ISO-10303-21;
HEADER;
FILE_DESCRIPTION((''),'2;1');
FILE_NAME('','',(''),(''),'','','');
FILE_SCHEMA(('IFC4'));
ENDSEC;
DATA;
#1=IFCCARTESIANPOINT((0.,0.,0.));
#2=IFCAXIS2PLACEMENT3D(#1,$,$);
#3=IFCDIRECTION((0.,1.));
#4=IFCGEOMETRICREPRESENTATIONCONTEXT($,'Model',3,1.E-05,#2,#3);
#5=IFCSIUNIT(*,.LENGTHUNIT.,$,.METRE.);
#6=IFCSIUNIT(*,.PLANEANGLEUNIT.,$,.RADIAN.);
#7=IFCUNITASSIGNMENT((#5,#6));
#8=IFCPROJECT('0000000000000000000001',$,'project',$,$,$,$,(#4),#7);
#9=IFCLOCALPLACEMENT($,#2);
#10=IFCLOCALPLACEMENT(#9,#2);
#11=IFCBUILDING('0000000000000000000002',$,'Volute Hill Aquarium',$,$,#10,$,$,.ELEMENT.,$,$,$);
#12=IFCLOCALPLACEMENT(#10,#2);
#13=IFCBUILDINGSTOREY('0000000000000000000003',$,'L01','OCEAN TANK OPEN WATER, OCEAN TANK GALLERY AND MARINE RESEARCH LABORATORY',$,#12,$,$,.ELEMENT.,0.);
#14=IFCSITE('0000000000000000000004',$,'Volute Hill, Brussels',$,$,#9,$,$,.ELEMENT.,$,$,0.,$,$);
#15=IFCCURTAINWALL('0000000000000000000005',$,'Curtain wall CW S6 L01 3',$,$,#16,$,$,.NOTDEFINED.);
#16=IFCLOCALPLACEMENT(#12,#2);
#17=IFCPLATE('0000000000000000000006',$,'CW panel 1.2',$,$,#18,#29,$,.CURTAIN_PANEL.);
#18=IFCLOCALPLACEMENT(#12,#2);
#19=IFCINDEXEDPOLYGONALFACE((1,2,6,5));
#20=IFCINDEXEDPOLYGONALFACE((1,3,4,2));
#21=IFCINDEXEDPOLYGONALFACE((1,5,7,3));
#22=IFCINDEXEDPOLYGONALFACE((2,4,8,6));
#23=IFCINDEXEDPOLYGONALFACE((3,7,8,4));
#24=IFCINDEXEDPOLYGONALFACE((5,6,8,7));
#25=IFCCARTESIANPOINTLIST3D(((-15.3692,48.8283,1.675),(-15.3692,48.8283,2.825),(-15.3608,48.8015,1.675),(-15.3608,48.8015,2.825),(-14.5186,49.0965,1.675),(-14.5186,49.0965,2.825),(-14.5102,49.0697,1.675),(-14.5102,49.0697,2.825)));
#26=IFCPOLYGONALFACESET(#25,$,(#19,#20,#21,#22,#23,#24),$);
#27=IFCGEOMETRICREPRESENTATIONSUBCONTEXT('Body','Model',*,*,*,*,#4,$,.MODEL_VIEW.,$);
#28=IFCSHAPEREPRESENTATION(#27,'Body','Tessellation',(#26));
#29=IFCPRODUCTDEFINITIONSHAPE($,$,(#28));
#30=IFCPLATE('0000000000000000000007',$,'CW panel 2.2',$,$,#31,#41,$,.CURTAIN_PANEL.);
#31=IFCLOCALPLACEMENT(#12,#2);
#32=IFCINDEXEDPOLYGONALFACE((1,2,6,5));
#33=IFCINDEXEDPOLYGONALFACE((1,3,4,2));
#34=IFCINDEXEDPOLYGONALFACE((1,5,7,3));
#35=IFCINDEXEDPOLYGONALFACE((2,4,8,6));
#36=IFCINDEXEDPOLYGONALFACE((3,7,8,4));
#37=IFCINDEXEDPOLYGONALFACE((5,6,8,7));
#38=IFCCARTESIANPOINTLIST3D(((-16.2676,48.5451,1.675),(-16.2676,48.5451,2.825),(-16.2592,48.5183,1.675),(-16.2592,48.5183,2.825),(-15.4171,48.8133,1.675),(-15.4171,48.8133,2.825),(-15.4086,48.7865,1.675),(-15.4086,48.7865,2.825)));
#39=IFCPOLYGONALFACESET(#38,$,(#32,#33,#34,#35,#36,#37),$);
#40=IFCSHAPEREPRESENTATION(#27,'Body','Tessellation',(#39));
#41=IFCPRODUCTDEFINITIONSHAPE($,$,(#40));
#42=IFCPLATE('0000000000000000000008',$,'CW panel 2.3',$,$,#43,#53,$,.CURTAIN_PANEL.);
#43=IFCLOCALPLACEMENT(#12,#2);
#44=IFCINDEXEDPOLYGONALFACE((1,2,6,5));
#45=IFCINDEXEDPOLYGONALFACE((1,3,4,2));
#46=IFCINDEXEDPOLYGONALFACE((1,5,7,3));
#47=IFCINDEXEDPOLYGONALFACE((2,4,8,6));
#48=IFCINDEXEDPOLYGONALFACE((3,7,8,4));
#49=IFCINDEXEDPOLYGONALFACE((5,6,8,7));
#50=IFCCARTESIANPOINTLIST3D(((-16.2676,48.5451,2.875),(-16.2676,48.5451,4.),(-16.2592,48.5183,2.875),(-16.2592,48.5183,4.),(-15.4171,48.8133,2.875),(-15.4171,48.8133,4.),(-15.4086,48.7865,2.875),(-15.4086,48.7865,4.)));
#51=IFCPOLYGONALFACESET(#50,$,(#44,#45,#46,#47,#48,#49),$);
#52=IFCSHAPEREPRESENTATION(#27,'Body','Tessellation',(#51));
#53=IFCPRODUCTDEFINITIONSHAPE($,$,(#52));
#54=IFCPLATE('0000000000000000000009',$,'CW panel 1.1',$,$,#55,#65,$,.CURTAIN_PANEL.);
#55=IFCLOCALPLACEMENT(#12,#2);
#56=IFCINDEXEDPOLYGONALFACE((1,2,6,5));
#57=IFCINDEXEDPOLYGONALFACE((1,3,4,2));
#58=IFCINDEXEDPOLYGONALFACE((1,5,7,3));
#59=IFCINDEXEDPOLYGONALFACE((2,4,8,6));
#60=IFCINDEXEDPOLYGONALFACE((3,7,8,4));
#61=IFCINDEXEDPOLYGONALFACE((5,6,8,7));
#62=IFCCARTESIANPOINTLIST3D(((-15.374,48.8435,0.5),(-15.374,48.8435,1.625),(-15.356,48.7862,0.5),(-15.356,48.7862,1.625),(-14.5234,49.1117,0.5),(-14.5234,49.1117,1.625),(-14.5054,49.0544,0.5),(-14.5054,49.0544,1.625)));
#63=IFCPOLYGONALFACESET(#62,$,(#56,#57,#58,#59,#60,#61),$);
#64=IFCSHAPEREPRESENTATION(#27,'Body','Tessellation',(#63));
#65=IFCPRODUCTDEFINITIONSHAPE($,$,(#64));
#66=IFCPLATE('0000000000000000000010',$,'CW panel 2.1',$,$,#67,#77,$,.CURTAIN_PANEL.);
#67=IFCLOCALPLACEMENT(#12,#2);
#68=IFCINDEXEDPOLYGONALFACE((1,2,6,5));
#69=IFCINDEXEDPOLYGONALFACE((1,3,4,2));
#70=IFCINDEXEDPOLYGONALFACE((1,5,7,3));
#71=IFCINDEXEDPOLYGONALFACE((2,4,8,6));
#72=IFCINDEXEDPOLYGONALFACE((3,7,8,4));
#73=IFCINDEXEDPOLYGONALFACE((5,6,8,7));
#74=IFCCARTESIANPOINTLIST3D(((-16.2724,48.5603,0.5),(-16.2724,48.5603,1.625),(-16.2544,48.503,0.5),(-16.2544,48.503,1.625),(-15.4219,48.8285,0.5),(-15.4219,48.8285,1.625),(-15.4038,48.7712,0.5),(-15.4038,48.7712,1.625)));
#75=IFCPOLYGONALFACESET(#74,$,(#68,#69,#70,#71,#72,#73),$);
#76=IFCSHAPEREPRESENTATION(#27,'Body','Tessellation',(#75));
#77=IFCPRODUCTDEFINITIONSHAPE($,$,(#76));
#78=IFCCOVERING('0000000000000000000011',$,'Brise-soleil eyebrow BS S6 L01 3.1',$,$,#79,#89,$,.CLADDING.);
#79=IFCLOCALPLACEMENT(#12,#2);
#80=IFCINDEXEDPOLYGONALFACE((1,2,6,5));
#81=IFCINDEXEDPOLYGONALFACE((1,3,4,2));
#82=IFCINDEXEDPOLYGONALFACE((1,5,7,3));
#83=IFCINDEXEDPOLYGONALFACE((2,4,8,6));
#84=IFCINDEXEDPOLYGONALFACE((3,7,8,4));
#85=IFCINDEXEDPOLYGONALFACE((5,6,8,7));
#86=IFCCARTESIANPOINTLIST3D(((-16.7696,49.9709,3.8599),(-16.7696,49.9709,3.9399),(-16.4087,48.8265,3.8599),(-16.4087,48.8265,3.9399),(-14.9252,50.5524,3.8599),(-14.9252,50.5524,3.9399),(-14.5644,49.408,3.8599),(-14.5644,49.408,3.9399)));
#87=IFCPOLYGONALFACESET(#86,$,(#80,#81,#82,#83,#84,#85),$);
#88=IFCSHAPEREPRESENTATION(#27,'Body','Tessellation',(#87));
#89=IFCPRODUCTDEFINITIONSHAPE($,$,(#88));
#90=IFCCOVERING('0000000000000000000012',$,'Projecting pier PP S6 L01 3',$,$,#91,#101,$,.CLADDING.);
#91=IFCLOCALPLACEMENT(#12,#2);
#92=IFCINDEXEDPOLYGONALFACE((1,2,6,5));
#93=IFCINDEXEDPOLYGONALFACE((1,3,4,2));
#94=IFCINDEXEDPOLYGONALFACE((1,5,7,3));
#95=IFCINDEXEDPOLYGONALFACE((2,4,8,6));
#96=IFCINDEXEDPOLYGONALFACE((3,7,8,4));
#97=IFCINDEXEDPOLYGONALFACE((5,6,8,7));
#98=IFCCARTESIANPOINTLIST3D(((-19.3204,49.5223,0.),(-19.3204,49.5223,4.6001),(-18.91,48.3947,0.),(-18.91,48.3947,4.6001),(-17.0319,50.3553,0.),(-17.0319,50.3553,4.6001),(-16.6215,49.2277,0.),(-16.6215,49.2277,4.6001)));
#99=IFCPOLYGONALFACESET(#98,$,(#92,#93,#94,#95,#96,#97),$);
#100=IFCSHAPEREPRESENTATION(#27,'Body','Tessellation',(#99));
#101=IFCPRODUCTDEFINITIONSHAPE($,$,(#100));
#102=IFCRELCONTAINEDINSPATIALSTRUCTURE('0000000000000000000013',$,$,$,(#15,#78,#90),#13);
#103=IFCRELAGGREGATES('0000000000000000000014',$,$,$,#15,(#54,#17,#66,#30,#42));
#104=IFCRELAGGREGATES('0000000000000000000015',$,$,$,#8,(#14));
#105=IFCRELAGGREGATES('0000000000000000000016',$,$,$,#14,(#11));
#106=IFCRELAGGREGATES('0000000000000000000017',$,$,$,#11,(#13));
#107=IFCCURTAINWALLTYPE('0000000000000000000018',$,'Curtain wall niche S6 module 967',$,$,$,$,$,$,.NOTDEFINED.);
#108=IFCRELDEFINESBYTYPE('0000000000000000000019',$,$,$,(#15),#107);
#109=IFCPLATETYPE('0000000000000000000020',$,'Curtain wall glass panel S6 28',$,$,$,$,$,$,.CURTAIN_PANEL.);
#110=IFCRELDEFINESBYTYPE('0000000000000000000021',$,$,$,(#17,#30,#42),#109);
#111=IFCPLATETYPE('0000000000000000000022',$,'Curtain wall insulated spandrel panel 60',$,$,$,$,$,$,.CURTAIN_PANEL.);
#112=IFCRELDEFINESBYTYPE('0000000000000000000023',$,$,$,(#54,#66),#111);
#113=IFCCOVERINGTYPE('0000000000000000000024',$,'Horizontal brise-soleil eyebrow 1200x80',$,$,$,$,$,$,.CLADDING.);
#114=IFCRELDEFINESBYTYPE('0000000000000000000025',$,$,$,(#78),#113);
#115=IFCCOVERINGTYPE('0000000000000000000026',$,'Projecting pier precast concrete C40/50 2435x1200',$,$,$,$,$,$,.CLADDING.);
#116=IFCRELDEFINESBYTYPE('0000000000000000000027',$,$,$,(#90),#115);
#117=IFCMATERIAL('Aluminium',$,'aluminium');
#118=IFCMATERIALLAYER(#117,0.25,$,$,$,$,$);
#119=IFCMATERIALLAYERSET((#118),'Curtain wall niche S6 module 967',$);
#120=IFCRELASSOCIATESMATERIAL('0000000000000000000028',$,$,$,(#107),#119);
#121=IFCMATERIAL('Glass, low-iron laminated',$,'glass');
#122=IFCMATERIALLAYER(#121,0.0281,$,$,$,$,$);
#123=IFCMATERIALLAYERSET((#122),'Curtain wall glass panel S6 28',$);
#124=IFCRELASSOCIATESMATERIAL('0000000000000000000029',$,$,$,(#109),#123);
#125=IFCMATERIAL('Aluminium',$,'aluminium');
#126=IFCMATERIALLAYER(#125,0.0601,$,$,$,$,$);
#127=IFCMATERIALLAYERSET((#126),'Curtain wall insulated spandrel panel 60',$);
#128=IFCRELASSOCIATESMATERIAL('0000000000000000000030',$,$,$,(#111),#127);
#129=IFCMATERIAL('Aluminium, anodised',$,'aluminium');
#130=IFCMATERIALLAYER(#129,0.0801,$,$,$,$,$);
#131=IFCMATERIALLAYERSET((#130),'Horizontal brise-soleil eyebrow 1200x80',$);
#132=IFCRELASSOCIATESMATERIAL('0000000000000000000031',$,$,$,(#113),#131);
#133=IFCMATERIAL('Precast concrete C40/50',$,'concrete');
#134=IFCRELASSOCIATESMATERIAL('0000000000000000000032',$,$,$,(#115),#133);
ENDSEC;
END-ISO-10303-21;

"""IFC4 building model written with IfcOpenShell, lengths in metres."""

from ifc_helpers import new_model, si_unit, direction, frame, origin, origin_2d, place, context, subcontext, project, spatial, rectangle, extrude, material, layer, layer_set, type_object, element, aggregate, save


model = new_model("IFC4")

# Units and contexts
model_context = context("Model", 3, precision=1e-05, world=origin(), true_north=direction((0.0, 1.0)))
body_context = subcontext(model_context, "Body", "Model", "MODEL_VIEW")
ifc_project = project(units=[si_unit("LENGTHUNIT", "METRE"), si_unit("PLANEANGLEUNIT", "RADIAN")], contexts=[model_context])

# Site, building, storey
site_placement = place(None, origin())
site = spatial("IfcSite", under=ifc_project, at=site_placement, Name="Volute Hill, Brussels", CompositionType="ELEMENT", RefElevation=0.0)
building_placement = place(site_placement, origin())
building = spatial("IfcBuilding", under=site, at=building_placement, Name="Volute Hill Aquarium", CompositionType="ELEMENT")
storey_placement = place(building_placement, origin())
storey = spatial("IfcBuildingStorey", under=building, at=storey_placement, Name="L01", Description="OCEAN TANK OPEN WATER, OCEAN TANK GALLERY AND MARINE RESEARCH LABORATORY", CompositionType="ELEMENT", Elevation=0.0)

# Curtain wall
ifc_material_1 = material(Name="Aluminium", Category="aluminium")
ifc_layer_1 = layer(ifc_material_1, 0.25)
ifc_layer_set_1 = layer_set([ifc_layer_1], Name="Curtain wall niche S6 module 967")
curtain_wall_type = type_object("IfcCurtainWallType", Name="Curtain wall niche S6 module 967", PredefinedType="NOTDEFINED", material=ifc_layer_set_1)
curtain_wall_1_placement = place(storey_placement, origin())
curtain_wall_1 = element("IfcCurtainWall", 1, at=curtain_wall_1_placement, inside=storey, type_object=curtain_wall_type, Name="Curtain wall CW S6 L01 3", PredefinedType="NOTDEFINED")

# Plates
ifc_material_2 = material(Name="Glass, low-iron laminated", Category="glass")
ifc_layer_2 = layer(ifc_material_2, 0.0281)
ifc_layer_set_2 = layer_set([ifc_layer_2], Name="Curtain wall glass panel S6 28")
plate_type_1 = type_object("IfcPlateType", Name="Curtain wall glass panel S6 28", PredefinedType="CURTAIN_PANEL", material=ifc_layer_set_2)
plate_1_placement = place(storey_placement, frame((-14.9397, 48.949, 1.675), z_axis=(0.0, 0.0, 1.0), x_axis=(-0.953717, -0.300706, 0.0)))
plate_1 = element("IfcPlate", 2, at=plate_1_placement, type_object=plate_type_1, Name="CW panel 1.2", PredefinedType="CURTAIN_PANEL", context=body_context, shape_type="SweptSolid", body=[
    extrude(rectangle(XDim=0.8918, YDim=0.0281, at=origin_2d()), origin(), (0.0, 0.0, 1.0), 1.1499),
])
plate_2_placement = place(storey_placement, frame((-15.8381, 48.6658, 1.675), z_axis=(0.0, 0.0, 1.0), x_axis=(-0.953717, -0.300706, 0.0)))
plate_2 = element("IfcPlate", 3, at=plate_2_placement, type_object=plate_type_1, Name="CW panel 2.2", PredefinedType="CURTAIN_PANEL", context=body_context, shape_type="SweptSolid", body=[
    extrude(rectangle(XDim=0.8918, YDim=0.0281, at=origin_2d()), origin(), (0.0, 0.0, 1.0), 1.1499),
])
plate_3_placement = place(storey_placement, frame((-15.8381, 48.6658, 2.875), z_axis=(0.0, 0.0, 1.0), x_axis=(-0.953717, -0.300706, 0.0)))
plate_3 = element("IfcPlate", 4, at=plate_3_placement, type_object=plate_type_1, Name="CW panel 2.3", PredefinedType="CURTAIN_PANEL", context=body_context, shape_type="SweptSolid", body=[
    extrude(rectangle(XDim=0.8918, YDim=0.0281, at=origin_2d()), origin(), (0.0, 0.0, 1.0), 1.125),
])
ifc_material_3 = material(Name="Aluminium", Category="aluminium")
ifc_layer_3 = layer(ifc_material_3, 0.0601)
ifc_layer_set_3 = layer_set([ifc_layer_3], Name="Curtain wall insulated spandrel panel 60")
plate_type_2 = type_object("IfcPlateType", Name="Curtain wall insulated spandrel panel 60", PredefinedType="CURTAIN_PANEL", material=ifc_layer_set_3)
plate_4_placement = place(storey_placement, frame((-14.9397, 48.949, 0.5), z_axis=(0.0, 0.0, 1.0), x_axis=(-0.953717, -0.300706, 0.0)))
plate_4 = element("IfcPlate", 5, at=plate_4_placement, type_object=plate_type_2, Name="CW panel 1.1", PredefinedType="CURTAIN_PANEL", context=body_context, shape_type="SweptSolid", body=[
    extrude(rectangle(XDim=0.8918, YDim=0.0601, at=origin_2d()), origin(), (0.0, 0.0, 1.0), 1.125),
])
plate_5_placement = place(storey_placement, frame((-15.8381, 48.6658, 0.5), z_axis=(0.0, 0.0, 1.0), x_axis=(-0.953717, -0.300706, 0.0)))
plate_5 = element("IfcPlate", 6, at=plate_5_placement, type_object=plate_type_2, Name="CW panel 2.1", PredefinedType="CURTAIN_PANEL", context=body_context, shape_type="SweptSolid", body=[
    extrude(rectangle(XDim=0.8918, YDim=0.0601, at=origin_2d()), origin(), (0.0, 0.0, 1.0), 1.125),
])
aggregate(curtain_wall_1, [plate_4, plate_1, plate_5, plate_2, plate_3])

# Coverings
ifc_material_4 = material(Name="Aluminium, anodised", Category="aluminium")
ifc_layer_4 = layer(ifc_material_4, 0.0801)
ifc_layer_set_4 = layer_set([ifc_layer_4], Name="Horizontal brise-soleil eyebrow 1200x80")
covering_type_1 = type_object("IfcCoveringType", Name="Horizontal brise-soleil eyebrow 1200x80", PredefinedType="CLADDING", material=ifc_layer_set_4)
covering_1_placement = place(storey_placement, frame((-15.667, 49.6895, 3.8599), z_axis=(0.0, 0.0, 1.0), x_axis=(-0.953718, -0.300702, 0.0)))
element("IfcCovering", 7, at=covering_1_placement, inside=storey, type_object=covering_type_1, Name="Brise-soleil eyebrow BS S6 L01 3.1", PredefinedType="CLADDING", context=body_context, shape_type="SweptSolid", body=[
    extrude(rectangle(XDim=1.9338, YDim=1.2, at=origin_2d()), origin(), (0.0, 0.0, 1.0), 0.0801),
])
ifc_material_5 = material(Name="Precast concrete C40/50", Category="concrete")
covering_type_2 = type_object("IfcCoveringType", Name="Projecting pier precast concrete C40/50 2435x1200", PredefinedType="CLADDING", material=ifc_material_5)
covering_2_placement = place(storey_placement, frame((-17.9709, 49.375, 0.0), z_axis=(0.0, 0.0, 1.0), x_axis=(-0.939693, -0.34202, 0.0)))
element("IfcCovering", 8, at=covering_2_placement, inside=storey, type_object=covering_type_2, Name="Projecting pier PP S6 L01 3", PredefinedType="CLADDING", context=body_context, shape_type="SweptSolid", body=[
    extrude(rectangle(XDim=2.4353, YDim=1.2, at=origin_2d()), origin(), (0.0, 0.0, 1.0), 4.6001),
])

save(model, "model.ifc")
